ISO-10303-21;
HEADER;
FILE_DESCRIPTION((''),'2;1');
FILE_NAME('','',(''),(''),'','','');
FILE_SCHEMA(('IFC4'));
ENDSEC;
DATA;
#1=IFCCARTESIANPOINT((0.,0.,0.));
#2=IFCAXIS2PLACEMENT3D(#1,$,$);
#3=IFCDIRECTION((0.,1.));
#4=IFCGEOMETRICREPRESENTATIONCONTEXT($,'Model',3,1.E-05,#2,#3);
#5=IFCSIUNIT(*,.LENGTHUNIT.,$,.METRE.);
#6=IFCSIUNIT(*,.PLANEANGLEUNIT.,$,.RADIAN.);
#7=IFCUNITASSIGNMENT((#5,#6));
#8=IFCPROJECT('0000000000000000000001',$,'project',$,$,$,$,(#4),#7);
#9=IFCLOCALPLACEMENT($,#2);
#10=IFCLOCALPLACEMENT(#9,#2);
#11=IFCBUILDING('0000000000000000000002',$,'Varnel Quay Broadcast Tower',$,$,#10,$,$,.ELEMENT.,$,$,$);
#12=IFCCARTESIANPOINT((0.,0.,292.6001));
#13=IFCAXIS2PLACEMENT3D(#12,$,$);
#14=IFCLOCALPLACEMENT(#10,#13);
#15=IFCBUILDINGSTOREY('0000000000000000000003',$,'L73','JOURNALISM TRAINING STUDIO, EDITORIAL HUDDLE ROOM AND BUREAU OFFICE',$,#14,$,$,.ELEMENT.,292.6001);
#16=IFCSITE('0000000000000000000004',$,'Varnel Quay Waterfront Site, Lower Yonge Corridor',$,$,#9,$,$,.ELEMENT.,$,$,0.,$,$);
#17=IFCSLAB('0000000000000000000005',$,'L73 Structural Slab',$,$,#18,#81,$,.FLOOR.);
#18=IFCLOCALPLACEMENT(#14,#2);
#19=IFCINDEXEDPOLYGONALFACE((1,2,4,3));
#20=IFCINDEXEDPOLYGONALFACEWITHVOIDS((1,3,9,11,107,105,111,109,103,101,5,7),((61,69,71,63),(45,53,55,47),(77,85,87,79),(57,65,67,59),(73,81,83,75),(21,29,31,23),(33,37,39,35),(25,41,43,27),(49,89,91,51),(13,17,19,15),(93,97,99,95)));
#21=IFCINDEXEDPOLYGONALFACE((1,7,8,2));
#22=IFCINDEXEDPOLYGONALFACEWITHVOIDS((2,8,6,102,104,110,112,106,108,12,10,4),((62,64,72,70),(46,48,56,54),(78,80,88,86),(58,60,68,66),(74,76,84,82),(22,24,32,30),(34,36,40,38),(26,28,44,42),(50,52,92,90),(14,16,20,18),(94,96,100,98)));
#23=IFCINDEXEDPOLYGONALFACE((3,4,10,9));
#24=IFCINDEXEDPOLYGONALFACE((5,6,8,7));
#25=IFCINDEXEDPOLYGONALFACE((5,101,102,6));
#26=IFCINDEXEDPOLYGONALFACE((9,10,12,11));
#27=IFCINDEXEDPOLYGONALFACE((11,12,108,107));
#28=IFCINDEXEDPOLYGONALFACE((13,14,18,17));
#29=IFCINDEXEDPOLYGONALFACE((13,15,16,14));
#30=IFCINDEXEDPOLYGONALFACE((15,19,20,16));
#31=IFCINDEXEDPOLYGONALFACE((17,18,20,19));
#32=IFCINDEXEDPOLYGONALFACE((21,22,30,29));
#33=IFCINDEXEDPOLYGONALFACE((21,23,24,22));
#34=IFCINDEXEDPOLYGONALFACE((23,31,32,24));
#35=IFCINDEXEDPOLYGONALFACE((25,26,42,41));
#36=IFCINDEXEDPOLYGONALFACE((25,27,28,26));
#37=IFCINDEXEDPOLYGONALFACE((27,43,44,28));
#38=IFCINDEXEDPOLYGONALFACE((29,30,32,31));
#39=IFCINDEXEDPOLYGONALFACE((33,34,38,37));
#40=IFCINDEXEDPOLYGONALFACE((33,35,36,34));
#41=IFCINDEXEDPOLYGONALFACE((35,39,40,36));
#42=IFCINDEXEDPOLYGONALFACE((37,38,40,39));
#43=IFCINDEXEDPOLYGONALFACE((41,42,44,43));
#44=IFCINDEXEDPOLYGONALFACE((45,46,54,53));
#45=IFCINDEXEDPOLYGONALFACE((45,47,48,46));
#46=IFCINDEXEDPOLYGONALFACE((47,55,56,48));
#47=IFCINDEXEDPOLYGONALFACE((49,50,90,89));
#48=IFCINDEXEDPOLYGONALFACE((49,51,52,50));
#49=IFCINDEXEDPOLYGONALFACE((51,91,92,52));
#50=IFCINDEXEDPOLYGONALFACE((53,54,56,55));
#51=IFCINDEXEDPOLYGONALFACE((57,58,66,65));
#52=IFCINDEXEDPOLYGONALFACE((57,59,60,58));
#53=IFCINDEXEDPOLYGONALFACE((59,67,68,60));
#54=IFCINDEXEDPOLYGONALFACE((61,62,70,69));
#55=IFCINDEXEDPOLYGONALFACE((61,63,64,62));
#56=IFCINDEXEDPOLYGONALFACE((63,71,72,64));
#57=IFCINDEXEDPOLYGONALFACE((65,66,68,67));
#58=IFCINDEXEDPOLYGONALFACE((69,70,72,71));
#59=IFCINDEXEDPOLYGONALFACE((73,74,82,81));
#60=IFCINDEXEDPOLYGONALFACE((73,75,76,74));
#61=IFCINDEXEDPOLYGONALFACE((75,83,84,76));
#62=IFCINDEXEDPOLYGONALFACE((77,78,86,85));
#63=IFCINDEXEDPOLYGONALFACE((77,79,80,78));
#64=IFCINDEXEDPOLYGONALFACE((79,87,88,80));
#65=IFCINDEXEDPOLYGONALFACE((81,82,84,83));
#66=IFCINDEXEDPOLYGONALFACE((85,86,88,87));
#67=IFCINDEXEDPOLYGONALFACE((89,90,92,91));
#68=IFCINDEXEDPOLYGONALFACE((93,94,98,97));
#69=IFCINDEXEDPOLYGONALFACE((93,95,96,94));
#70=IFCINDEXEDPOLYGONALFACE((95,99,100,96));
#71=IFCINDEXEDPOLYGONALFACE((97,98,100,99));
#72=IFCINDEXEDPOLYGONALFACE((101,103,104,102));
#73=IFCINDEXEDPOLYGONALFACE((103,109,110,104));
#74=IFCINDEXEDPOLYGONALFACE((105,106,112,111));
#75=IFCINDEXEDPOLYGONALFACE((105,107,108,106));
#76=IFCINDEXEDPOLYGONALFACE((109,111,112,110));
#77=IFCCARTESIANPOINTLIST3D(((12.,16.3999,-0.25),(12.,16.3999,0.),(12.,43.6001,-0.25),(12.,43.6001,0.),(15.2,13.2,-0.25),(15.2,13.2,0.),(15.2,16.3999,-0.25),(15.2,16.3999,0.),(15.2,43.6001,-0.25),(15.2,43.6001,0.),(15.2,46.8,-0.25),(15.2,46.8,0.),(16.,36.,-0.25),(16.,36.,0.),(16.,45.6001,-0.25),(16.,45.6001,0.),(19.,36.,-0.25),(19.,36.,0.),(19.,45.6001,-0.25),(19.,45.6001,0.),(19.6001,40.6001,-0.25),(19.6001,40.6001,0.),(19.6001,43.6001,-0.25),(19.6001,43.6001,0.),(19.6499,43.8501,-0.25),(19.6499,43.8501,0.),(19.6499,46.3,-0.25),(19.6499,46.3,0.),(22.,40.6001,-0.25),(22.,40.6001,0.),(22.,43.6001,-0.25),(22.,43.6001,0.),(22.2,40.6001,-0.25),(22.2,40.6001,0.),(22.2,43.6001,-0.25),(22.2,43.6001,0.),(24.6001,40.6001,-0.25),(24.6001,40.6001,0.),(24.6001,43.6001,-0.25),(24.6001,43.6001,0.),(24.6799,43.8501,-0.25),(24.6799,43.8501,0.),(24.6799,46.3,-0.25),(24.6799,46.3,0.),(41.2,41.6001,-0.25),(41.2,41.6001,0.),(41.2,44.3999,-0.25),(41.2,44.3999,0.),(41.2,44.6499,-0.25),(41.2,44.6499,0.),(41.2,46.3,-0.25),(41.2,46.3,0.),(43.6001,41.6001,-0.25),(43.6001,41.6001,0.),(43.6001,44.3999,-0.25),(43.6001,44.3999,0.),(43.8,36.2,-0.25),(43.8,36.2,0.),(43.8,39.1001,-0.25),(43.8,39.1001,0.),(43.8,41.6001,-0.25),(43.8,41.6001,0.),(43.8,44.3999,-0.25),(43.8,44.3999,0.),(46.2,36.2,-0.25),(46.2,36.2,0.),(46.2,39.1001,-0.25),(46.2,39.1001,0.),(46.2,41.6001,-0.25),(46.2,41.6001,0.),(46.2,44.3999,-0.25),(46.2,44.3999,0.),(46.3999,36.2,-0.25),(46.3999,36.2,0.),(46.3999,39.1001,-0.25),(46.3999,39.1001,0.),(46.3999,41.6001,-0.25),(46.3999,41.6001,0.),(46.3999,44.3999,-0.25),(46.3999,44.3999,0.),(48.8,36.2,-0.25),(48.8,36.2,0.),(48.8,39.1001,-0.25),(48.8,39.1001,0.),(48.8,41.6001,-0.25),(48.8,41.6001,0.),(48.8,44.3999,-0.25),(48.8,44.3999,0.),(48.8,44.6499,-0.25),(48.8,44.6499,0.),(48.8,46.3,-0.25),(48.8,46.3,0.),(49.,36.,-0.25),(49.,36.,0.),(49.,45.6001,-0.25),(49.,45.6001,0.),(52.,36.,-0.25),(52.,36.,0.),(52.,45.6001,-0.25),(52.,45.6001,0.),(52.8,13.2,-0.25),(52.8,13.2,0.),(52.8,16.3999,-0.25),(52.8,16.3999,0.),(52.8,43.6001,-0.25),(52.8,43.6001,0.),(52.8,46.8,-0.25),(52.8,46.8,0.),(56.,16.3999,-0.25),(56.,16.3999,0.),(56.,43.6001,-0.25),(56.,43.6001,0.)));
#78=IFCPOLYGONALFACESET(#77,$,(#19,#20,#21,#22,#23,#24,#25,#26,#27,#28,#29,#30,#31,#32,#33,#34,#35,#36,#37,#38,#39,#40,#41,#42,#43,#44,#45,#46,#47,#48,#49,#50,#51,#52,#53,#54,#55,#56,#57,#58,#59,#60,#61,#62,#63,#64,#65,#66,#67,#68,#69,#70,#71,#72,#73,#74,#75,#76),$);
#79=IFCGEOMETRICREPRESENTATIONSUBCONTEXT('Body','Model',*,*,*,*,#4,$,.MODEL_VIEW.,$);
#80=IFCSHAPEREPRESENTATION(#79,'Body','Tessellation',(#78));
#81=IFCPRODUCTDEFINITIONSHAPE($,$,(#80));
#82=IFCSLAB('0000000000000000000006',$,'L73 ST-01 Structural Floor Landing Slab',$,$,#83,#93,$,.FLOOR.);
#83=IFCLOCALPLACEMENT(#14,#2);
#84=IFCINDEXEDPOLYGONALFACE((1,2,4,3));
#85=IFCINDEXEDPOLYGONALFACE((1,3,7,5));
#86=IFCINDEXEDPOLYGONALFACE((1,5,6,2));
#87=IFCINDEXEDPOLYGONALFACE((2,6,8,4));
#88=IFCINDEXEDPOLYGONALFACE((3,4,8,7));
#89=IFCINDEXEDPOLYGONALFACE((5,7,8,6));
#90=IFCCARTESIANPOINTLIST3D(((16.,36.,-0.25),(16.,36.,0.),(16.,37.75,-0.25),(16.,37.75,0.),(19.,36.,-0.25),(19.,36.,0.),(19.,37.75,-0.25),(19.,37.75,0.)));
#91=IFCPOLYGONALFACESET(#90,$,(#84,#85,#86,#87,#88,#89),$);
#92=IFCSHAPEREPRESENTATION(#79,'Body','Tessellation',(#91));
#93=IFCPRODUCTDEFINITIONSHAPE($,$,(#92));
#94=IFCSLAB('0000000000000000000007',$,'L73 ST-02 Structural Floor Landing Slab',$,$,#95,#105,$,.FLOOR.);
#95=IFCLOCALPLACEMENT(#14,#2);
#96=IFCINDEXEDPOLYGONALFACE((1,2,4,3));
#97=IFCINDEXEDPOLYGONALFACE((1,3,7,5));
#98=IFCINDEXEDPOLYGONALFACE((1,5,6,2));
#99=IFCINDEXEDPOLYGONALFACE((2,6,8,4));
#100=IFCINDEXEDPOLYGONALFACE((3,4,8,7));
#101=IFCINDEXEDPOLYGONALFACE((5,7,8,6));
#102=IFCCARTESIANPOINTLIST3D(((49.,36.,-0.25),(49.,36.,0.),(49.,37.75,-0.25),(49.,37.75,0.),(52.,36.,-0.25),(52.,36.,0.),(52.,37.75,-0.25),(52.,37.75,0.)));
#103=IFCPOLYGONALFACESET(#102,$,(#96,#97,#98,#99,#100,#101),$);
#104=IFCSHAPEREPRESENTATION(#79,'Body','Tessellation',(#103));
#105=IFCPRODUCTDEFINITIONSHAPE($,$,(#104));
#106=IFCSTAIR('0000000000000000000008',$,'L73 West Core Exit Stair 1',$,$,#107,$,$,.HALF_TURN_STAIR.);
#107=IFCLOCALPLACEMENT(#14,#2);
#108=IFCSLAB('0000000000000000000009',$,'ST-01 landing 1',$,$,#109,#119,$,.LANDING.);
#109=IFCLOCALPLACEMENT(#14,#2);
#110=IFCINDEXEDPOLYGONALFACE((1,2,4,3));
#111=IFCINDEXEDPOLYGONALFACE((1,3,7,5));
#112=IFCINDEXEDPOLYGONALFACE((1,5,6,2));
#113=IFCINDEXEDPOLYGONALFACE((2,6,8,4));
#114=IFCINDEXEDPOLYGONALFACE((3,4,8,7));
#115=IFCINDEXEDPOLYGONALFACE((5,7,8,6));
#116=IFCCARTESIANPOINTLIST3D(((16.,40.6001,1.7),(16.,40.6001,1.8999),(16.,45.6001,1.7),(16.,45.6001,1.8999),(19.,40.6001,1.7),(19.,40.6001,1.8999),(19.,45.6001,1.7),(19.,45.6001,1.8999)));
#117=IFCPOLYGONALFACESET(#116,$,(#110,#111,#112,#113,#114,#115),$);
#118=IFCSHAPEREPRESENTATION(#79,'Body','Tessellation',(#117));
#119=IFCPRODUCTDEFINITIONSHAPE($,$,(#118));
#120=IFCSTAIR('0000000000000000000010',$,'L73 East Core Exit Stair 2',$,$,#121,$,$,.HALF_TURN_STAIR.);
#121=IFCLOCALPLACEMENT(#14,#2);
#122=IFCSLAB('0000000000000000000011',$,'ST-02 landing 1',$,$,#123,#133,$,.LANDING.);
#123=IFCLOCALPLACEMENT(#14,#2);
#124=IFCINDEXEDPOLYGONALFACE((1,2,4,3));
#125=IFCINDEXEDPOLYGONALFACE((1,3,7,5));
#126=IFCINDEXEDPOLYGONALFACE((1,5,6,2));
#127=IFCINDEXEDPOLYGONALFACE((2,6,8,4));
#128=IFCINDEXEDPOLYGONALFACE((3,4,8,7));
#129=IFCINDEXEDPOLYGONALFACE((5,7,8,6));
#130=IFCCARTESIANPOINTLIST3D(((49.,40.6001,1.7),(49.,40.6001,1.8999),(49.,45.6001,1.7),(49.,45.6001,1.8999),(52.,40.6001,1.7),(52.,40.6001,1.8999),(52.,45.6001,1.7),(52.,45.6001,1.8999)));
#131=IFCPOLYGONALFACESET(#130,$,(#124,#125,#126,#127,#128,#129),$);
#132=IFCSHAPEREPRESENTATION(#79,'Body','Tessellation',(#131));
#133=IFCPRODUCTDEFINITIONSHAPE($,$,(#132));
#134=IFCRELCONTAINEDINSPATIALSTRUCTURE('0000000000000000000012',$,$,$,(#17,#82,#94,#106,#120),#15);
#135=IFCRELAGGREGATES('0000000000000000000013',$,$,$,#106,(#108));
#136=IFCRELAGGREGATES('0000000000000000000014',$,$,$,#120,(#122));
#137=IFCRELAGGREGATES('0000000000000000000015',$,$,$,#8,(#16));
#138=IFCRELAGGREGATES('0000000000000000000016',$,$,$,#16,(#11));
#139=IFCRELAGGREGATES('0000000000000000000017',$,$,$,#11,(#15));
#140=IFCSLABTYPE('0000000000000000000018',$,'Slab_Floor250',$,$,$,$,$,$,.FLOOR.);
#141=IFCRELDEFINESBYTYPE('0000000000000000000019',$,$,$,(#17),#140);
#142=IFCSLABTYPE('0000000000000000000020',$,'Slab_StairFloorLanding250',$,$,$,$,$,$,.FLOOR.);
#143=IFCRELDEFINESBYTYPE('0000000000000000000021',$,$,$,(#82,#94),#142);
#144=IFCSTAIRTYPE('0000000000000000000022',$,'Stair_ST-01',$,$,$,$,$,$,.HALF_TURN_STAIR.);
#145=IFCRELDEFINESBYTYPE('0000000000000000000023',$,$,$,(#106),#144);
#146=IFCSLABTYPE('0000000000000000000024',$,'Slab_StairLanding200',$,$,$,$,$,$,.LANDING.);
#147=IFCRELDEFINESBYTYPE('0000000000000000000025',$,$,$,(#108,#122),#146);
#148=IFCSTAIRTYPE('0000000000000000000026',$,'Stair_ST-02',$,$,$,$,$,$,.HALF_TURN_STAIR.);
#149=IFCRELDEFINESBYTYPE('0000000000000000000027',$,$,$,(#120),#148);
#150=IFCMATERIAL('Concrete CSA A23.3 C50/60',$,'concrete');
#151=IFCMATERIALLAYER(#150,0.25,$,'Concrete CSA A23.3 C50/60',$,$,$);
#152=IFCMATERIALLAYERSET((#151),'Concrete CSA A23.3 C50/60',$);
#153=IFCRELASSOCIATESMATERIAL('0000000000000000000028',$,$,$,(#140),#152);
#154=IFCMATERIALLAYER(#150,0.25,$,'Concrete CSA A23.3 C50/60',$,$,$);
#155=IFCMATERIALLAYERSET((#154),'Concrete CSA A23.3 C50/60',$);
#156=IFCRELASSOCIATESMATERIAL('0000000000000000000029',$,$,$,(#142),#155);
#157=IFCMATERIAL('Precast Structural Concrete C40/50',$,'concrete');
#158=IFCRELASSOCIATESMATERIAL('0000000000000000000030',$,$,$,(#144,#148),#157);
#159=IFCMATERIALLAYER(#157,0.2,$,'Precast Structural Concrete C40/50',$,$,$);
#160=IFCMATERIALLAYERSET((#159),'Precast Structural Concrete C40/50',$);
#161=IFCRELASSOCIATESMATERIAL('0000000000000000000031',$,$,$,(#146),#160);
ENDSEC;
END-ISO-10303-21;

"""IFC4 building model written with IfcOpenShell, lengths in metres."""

from ifc_helpers import new_model, si_unit, direction, frame, origin, place, context, subcontext, project, spatial, polyline, outline, extrude, material, layer, layer_set, type_object, element, aggregate, save


model = new_model("IFC4")

# Units and contexts
model_context = context("Model", 3, precision=1e-05, world=origin(), true_north=direction((0.0, 1.0)))
body_context = subcontext(model_context, "Body", "Model", "MODEL_VIEW")
ifc_project = project(units=[si_unit("LENGTHUNIT", "METRE"), si_unit("PLANEANGLEUNIT", "RADIAN")], contexts=[model_context])

# Site, building, storey
site_placement = place(None, origin())
site = spatial("IfcSite", under=ifc_project, at=site_placement, Name="Varnel Quay Waterfront Site, Lower Yonge Corridor", CompositionType="ELEMENT", RefElevation=0.0)
building_placement = place(site_placement, origin())
building = spatial("IfcBuilding", under=site, at=building_placement, Name="Varnel Quay Broadcast Tower", CompositionType="ELEMENT")
storey_placement = place(building_placement, frame((0.0, 0.0, 292.6001)))
storey = spatial("IfcBuildingStorey", under=building, at=storey_placement, Name="L73", Description="JOURNALISM TRAINING STUDIO, EDITORIAL HUDDLE ROOM AND BUREAU OFFICE", CompositionType="ELEMENT", Elevation=292.6001)

# Slabs
ifc_material_1 = material(Name="Concrete CSA A23.3 C50/60", Category="concrete")
ifc_layer_1 = layer(ifc_material_1, 0.25, Name="Concrete CSA A23.3 C50/60")
ifc_layer_set_1 = layer_set([ifc_layer_1], Name="Concrete CSA A23.3 C50/60")
slab_type_1 = type_object("IfcSlabType", Name="Slab_Floor250", PredefinedType="FLOOR", material=ifc_layer_set_1)
slab_1_placement = place(storey_placement, frame((0.0, 0.0, -0.25)))
element("IfcSlab", 1, at=slab_1_placement, inside=storey, type_object=slab_type_1, Name="L73 Structural Slab", PredefinedType="FLOOR", context=body_context, shape_type="SweptSolid", body=[
    extrude(outline(polyline([(15.2, 13.2), (52.8, 13.2), (52.8, 16.3999), (56.0, 16.3999), (56.0, 43.6001), (52.8, 43.6001), (52.8, 46.8), (15.2, 46.8), (15.2, 43.6001), (12.0, 43.6001), (12.0, 16.3999), (15.2, 16.3999), (15.2, 13.2)]), holes=[polyline([(19.0, 36.0), (16.0, 36.0), (16.0, 45.6001), (19.0, 45.6001), (19.0, 36.0)]), polyline([(19.6001, 40.6001), (19.6001, 43.6001), (22.0, 43.6001), (22.0, 40.6001), (19.6001, 40.6001)]), polyline([(22.2, 40.6001), (22.2, 43.6001), (24.6001, 43.6001), (24.6001, 40.6001), (22.2, 40.6001)]), polyline([(41.2, 44.3999), (43.6001, 44.3999), (43.6001, 41.6001), (41.2, 41.6001), (41.2, 44.3999)]), polyline([(43.8, 44.3999), (46.2, 44.3999), (46.2, 41.6001), (43.8, 41.6001), (43.8, 44.3999)]), polyline([(19.6499, 43.8501), (19.6499, 46.3), (24.6799, 46.3), (24.6799, 43.8501), (19.6499, 43.8501)]), polyline([(43.8, 39.1001), (46.2, 39.1001), (46.2, 36.2), (43.8, 36.2), (43.8, 39.1001)]), polyline([(46.3999, 39.1001), (48.8, 39.1001), (48.8, 36.2), (46.3999, 36.2), (46.3999, 39.1001)]), polyline([(52.0, 36.0), (49.0, 36.0), (49.0, 45.6001), (52.0, 45.6001), (52.0, 36.0)]), polyline([(46.3999, 44.3999), (48.8, 44.3999), (48.8, 41.6001), (46.3999, 41.6001), (46.3999, 44.3999)]), polyline([(41.2, 46.3), (48.8, 46.3), (48.8, 44.6499), (41.2, 44.6499), (41.2, 46.3)])]), origin(), (0.0, 0.0, 1.0), 0.25),
])
ifc_layer_2 = layer(ifc_material_1, 0.25, Name="Concrete CSA A23.3 C50/60")
ifc_layer_set_2 = layer_set([ifc_layer_2], Name="Concrete CSA A23.3 C50/60")
slab_type_2 = type_object("IfcSlabType", Name="Slab_StairFloorLanding250", PredefinedType="FLOOR", material=ifc_layer_set_2)
slab_2_placement = place(storey_placement, frame((0.0, 0.0, -0.25)))
element("IfcSlab", 2, at=slab_2_placement, inside=storey, type_object=slab_type_2, Name="L73 ST-01 Structural Floor Landing Slab", PredefinedType="FLOOR", context=body_context, shape_type="SweptSolid", body=[
    extrude(outline(polyline([(19.0, 36.0), (19.0, 37.75), (16.0, 37.75), (16.0, 36.0), (19.0, 36.0)])), origin(), (0.0, 0.0, 1.0), 0.25),
])
slab_3_placement = place(storey_placement, frame((0.0, 0.0, -0.25)))
element("IfcSlab", 3, at=slab_3_placement, inside=storey, type_object=slab_type_2, Name="L73 ST-02 Structural Floor Landing Slab", PredefinedType="FLOOR", context=body_context, shape_type="SweptSolid", body=[
    extrude(outline(polyline([(52.0, 36.0), (52.0, 37.75), (49.0, 37.75), (49.0, 36.0), (52.0, 36.0)])), origin(), (0.0, 0.0, 1.0), 0.25),
])

# Stairs, slabs
ifc_material_2 = material(Name="Precast Structural Concrete C40/50", Category="concrete")
stair_type_1 = type_object("IfcStairType", Name="Stair_ST-01", PredefinedType="HALF_TURN_STAIR", material=ifc_material_2)
stair_1_placement = place(storey_placement, origin())
stair_1 = element("IfcStair", 4, at=stair_1_placement, inside=storey, type_object=stair_type_1, Name="L73 West Core Exit Stair 1", PredefinedType="HALF_TURN_STAIR")
ifc_layer_3 = layer(ifc_material_2, 0.2, Name="Precast Structural Concrete C40/50")
ifc_layer_set_3 = layer_set([ifc_layer_3], Name="Precast Structural Concrete C40/50")
slab_type_3 = type_object("IfcSlabType", Name="Slab_StairLanding200", PredefinedType="LANDING", material=ifc_layer_set_3)
slab_4_placement = place(storey_placement, frame((0.0, 0.0, 1.7)))
slab_4 = element("IfcSlab", 5, at=slab_4_placement, type_object=slab_type_3, Name="ST-01 landing 1", PredefinedType="LANDING", context=body_context, shape_type="SweptSolid", body=[
    extrude(outline(polyline([(19.0, 40.6001), (19.0, 45.6001), (16.0, 45.6001), (16.0, 40.6001), (19.0, 40.6001)])), origin(), (0.0, 0.0, 1.0), 0.2),
])
aggregate(stair_1, [slab_4])
stair_type_2 = type_object("IfcStairType", Name="Stair_ST-02", PredefinedType="HALF_TURN_STAIR", material=ifc_material_2)
stair_2_placement = place(storey_placement, origin())
stair_2 = element("IfcStair", 6, at=stair_2_placement, inside=storey, type_object=stair_type_2, Name="L73 East Core Exit Stair 2", PredefinedType="HALF_TURN_STAIR")
slab_5_placement = place(storey_placement, frame((0.0, 0.0, 1.7)))
slab_5 = element("IfcSlab", 7, at=slab_5_placement, type_object=slab_type_3, Name="ST-02 landing 1", PredefinedType="LANDING", context=body_context, shape_type="SweptSolid", body=[
    extrude(outline(polyline([(52.0, 40.6001), (52.0, 45.6001), (49.0, 45.6001), (49.0, 40.6001), (52.0, 40.6001)])), origin(), (0.0, 0.0, 1.0), 0.2),
])
aggregate(stair_2, [slab_5])

save(model, "model.ifc")
